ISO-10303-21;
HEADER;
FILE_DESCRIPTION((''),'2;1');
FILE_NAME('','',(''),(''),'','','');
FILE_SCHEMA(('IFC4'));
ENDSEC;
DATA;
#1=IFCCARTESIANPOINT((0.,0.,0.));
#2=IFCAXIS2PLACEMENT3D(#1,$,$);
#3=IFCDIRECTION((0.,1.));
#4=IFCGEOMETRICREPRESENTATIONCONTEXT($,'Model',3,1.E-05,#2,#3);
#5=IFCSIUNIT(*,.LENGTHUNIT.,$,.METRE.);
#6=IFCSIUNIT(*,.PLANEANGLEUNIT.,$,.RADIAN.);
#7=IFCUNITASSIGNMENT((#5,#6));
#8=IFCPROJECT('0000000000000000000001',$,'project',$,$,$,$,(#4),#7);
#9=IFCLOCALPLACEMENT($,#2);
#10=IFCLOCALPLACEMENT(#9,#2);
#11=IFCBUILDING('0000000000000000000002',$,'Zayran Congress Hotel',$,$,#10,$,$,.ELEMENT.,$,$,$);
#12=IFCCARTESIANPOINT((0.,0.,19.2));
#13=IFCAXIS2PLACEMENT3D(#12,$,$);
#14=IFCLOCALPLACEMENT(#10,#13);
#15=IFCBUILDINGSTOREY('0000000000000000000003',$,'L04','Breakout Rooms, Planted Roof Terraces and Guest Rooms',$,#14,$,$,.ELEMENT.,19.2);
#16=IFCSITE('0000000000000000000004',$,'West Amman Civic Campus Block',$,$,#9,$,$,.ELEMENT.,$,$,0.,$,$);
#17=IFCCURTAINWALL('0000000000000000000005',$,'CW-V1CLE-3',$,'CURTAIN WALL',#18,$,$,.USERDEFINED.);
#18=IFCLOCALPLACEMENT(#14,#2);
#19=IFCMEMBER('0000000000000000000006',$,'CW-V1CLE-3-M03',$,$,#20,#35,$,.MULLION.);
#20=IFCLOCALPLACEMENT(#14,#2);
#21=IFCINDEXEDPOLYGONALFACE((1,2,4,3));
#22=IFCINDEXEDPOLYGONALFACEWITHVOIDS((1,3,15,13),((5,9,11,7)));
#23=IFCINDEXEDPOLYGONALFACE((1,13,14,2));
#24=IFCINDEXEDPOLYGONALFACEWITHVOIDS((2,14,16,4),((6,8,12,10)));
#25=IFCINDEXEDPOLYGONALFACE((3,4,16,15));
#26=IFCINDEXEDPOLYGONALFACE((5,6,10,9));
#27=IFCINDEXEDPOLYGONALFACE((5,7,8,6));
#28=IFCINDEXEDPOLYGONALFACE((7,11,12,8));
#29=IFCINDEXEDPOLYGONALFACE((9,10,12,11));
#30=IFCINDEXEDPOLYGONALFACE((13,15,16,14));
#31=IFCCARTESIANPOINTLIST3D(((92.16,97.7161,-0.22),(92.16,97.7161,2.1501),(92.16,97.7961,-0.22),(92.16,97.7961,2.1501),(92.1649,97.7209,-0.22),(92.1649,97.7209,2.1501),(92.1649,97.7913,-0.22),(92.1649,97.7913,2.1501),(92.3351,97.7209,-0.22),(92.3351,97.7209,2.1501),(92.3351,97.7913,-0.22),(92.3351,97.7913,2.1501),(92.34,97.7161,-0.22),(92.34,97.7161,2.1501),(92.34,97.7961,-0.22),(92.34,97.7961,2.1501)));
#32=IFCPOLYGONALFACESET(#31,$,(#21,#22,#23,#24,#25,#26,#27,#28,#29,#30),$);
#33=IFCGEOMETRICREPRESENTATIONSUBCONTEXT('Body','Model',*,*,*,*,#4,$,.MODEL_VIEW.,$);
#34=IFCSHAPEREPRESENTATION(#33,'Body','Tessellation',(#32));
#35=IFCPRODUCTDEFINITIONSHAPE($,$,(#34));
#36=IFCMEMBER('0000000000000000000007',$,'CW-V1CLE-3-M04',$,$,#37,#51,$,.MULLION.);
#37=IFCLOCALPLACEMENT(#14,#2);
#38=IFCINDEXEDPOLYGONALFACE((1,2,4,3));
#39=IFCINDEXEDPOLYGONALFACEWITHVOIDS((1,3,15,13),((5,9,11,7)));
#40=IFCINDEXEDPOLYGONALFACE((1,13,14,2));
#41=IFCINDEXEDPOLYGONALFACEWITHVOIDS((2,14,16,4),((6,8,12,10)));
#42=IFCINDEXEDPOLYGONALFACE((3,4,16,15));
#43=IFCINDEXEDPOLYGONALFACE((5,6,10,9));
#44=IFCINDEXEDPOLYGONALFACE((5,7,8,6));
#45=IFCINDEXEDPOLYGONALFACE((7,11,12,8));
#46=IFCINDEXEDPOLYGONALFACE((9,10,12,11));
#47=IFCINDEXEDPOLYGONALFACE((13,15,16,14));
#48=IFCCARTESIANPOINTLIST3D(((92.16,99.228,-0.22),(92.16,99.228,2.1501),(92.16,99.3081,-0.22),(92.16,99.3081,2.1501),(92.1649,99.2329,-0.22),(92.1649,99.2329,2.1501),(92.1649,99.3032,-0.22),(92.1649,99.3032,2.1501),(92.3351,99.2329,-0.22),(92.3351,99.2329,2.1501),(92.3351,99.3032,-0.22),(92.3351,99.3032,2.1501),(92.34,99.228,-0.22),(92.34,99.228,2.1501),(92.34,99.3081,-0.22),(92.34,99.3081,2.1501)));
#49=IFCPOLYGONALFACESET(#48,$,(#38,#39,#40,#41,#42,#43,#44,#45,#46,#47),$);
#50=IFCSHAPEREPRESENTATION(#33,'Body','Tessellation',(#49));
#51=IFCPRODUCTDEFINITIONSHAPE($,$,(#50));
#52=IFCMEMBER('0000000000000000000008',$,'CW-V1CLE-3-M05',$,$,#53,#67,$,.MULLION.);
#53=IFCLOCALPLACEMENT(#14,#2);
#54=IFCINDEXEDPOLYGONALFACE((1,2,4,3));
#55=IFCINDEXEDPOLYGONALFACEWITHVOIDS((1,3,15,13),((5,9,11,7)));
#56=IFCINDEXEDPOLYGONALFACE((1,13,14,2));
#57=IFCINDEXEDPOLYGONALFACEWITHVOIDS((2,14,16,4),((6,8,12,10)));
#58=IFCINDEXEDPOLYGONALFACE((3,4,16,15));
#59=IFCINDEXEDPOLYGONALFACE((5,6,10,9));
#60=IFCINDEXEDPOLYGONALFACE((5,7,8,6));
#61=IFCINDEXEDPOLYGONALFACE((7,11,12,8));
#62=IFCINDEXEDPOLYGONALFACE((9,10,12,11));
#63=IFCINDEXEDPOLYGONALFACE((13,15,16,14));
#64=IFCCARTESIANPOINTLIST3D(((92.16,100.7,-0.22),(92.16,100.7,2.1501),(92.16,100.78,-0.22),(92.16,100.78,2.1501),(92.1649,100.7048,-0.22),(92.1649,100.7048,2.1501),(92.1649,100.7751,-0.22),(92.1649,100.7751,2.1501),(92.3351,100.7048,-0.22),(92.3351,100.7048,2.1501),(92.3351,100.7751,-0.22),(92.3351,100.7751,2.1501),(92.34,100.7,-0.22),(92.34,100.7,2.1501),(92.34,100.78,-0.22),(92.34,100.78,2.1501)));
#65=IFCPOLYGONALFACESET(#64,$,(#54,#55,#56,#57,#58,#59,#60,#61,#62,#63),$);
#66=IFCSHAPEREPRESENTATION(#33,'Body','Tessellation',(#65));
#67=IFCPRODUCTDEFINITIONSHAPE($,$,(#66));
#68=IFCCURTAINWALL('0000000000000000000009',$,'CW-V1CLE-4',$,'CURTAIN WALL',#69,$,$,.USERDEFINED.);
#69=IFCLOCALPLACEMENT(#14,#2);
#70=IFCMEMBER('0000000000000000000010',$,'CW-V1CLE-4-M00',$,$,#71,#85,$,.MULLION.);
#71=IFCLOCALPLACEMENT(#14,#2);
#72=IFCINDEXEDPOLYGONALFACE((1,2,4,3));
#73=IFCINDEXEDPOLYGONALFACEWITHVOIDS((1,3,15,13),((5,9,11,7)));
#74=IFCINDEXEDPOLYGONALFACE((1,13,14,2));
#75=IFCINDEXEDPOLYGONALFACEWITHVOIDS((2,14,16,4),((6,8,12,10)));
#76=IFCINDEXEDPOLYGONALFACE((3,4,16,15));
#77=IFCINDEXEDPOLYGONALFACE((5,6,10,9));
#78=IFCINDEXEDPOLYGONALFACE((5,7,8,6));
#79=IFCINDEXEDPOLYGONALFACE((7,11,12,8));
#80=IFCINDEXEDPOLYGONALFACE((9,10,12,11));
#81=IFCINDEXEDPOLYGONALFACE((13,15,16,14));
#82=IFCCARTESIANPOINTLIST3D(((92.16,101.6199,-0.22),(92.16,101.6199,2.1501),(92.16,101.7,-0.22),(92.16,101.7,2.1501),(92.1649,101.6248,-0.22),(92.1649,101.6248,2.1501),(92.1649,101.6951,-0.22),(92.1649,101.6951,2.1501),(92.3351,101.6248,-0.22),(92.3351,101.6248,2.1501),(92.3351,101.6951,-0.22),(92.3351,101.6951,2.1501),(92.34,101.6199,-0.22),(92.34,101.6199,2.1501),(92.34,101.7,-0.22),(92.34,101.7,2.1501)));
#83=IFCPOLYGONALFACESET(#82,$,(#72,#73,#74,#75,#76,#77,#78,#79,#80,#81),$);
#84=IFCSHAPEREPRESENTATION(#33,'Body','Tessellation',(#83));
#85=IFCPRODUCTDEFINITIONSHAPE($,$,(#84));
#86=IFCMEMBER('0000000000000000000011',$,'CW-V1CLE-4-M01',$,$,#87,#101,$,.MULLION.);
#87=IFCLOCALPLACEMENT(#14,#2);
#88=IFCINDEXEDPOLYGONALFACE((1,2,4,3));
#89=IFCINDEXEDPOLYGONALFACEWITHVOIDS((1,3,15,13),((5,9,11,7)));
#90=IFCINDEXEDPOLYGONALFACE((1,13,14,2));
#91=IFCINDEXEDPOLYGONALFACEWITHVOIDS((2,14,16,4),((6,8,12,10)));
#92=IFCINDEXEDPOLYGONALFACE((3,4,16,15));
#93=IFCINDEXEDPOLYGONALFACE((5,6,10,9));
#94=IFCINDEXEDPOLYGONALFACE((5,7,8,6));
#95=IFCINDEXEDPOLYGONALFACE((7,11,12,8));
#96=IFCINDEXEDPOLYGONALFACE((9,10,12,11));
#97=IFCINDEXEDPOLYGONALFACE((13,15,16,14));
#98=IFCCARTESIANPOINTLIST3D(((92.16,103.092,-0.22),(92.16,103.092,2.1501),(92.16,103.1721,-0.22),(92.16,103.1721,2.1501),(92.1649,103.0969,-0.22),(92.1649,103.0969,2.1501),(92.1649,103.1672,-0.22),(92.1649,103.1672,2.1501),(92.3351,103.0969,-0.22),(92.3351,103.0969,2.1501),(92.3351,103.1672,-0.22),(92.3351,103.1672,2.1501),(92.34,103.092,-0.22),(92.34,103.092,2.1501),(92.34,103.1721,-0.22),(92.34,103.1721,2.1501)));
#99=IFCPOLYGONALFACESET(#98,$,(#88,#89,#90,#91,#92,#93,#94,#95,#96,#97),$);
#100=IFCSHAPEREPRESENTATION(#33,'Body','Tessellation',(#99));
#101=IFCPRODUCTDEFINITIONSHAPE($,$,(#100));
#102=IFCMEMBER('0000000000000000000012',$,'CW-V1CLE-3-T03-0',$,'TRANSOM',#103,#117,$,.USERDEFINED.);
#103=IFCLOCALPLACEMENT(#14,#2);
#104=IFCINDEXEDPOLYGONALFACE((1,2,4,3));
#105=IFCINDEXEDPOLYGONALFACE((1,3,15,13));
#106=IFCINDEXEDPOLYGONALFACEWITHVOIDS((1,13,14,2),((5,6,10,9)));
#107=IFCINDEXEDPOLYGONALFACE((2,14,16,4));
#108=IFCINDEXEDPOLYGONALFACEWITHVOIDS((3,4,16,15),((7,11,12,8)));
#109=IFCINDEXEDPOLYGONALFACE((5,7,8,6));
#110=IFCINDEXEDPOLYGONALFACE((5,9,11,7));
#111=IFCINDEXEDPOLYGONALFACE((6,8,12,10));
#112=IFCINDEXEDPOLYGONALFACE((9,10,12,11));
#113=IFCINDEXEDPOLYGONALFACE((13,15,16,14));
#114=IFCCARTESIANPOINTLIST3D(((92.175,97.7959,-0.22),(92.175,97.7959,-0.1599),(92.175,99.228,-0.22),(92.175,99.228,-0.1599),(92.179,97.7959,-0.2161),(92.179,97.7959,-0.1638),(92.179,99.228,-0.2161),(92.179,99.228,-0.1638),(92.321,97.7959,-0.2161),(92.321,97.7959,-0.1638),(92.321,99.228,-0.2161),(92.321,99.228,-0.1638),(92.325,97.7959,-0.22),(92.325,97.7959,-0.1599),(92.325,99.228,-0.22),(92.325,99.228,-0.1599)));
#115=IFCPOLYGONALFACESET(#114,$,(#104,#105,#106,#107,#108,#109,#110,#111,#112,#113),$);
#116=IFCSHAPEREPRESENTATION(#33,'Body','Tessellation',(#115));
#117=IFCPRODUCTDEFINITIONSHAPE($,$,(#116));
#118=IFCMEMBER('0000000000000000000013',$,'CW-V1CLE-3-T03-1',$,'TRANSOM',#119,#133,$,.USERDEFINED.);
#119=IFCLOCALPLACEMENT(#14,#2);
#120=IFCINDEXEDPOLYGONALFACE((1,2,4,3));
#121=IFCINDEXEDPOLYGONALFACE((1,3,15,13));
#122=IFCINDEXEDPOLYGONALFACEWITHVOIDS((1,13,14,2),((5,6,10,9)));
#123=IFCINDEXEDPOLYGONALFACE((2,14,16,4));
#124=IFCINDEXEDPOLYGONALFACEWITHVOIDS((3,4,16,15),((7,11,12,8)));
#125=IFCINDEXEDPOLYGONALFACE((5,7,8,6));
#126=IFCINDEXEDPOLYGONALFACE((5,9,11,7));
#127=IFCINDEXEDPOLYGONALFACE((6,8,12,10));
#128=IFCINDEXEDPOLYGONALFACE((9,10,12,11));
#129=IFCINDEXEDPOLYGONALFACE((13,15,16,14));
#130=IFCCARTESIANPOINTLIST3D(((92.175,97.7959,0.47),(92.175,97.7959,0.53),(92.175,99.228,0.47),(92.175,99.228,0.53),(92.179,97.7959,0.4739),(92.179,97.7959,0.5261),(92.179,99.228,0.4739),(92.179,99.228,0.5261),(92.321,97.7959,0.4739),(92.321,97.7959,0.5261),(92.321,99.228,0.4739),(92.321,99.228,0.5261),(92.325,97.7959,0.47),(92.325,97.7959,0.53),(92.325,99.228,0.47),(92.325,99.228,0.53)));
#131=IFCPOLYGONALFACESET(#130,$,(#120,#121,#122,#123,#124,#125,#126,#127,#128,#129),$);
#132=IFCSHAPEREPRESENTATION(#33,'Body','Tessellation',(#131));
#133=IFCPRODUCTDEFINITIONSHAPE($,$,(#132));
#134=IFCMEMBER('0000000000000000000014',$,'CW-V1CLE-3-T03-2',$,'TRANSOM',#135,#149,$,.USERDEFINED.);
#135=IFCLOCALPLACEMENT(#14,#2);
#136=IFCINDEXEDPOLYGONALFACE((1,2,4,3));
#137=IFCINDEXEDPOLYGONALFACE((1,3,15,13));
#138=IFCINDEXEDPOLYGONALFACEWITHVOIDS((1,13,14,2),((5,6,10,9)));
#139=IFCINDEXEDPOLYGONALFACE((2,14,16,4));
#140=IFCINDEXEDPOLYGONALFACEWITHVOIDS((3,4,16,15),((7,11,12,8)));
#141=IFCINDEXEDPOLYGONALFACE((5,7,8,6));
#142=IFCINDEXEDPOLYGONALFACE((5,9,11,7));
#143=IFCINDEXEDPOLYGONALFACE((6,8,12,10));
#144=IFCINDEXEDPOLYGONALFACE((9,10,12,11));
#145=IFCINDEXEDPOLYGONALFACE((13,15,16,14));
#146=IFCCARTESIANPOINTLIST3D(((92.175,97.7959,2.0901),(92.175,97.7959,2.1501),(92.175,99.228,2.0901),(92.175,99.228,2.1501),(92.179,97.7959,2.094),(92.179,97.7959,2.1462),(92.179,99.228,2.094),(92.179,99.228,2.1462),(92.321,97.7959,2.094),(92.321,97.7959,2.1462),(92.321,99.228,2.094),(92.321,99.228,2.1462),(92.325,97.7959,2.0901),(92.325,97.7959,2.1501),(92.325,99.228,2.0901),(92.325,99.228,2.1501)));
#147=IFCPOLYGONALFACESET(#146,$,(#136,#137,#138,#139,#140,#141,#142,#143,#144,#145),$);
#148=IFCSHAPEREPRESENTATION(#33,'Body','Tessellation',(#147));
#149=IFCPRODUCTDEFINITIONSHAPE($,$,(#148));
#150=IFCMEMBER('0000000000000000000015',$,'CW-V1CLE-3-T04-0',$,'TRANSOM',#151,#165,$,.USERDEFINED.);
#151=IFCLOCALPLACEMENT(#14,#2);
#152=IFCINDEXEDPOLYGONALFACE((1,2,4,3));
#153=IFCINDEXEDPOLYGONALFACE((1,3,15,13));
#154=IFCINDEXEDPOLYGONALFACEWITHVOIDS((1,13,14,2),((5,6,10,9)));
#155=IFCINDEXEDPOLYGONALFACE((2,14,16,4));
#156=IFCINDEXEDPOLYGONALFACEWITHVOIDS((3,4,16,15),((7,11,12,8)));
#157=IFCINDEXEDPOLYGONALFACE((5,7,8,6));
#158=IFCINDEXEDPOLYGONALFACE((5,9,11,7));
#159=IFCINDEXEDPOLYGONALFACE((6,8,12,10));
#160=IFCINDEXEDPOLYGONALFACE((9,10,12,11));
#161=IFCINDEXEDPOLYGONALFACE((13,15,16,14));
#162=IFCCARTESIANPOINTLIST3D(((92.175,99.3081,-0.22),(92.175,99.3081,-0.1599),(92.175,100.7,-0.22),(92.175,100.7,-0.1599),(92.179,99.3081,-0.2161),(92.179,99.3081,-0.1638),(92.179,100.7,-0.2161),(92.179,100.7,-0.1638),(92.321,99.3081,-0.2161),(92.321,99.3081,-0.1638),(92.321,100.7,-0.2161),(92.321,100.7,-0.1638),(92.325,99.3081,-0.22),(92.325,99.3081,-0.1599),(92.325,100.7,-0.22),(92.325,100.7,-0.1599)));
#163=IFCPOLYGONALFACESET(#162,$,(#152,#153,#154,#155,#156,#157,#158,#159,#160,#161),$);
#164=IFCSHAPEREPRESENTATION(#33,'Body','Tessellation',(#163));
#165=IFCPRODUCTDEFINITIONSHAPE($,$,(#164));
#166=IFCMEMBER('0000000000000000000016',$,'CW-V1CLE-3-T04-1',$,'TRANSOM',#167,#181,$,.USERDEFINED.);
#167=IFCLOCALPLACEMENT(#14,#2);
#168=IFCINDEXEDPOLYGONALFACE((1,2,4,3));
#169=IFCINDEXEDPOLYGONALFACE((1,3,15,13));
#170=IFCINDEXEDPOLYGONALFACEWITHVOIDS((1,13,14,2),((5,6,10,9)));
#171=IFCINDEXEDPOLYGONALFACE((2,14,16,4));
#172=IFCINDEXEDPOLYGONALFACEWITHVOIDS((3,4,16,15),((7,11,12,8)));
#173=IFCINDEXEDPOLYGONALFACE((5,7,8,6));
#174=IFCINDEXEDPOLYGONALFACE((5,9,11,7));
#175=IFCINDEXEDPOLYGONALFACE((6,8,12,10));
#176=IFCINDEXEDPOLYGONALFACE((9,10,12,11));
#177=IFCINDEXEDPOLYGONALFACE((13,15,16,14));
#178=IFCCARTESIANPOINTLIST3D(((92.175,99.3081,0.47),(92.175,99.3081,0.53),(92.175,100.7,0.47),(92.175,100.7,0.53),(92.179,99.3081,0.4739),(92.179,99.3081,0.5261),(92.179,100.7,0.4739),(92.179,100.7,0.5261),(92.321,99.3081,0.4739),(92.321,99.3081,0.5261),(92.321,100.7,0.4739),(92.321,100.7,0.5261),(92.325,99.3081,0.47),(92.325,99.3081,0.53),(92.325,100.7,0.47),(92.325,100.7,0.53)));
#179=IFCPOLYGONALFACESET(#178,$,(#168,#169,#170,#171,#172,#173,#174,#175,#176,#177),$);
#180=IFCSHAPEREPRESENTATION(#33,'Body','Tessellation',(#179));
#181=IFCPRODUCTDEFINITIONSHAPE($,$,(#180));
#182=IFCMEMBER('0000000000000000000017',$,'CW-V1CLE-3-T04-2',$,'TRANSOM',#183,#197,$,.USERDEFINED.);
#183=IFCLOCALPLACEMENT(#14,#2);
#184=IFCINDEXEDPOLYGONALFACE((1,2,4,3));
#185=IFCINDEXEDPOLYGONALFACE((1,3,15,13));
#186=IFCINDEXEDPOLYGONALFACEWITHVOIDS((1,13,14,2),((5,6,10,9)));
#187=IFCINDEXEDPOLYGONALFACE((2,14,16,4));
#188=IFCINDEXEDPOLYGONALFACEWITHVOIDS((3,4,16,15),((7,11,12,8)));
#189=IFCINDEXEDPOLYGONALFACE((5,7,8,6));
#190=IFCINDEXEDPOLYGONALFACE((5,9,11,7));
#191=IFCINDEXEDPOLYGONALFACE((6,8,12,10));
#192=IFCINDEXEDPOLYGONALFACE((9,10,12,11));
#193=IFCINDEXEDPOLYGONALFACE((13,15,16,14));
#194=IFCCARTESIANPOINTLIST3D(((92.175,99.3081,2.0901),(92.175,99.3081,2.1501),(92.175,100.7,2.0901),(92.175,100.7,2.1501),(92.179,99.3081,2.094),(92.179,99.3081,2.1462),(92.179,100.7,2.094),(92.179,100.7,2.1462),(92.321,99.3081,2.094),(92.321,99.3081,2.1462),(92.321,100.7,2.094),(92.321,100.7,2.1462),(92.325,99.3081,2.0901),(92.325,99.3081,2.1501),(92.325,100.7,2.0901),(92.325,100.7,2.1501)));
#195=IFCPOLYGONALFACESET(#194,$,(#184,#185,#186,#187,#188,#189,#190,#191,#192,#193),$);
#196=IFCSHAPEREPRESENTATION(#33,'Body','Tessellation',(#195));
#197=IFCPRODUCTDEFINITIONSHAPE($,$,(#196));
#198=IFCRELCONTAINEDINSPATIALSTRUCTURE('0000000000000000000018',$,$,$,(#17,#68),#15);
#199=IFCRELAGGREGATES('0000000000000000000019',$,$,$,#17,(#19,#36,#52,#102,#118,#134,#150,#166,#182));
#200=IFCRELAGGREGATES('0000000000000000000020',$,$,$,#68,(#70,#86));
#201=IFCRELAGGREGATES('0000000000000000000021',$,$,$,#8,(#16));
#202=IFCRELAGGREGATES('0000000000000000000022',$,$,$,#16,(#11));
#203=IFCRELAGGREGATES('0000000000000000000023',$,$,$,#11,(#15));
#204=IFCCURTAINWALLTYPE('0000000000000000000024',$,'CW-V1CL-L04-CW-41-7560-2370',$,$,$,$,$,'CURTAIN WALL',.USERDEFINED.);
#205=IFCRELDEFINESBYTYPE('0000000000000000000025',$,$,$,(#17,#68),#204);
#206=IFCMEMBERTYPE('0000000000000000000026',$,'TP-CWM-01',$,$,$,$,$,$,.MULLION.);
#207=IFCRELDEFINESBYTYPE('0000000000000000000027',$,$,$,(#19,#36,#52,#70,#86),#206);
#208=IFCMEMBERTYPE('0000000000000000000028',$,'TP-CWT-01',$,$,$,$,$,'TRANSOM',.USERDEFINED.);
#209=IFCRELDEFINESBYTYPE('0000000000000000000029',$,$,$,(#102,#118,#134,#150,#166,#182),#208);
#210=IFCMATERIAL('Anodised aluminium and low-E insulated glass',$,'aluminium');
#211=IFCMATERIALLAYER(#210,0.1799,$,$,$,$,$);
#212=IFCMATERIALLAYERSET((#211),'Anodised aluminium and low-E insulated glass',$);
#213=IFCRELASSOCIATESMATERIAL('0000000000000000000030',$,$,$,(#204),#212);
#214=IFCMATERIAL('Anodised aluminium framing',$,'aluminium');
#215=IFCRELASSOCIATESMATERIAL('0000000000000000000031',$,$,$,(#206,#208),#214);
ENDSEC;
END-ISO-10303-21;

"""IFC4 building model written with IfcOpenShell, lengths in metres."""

from ifc_helpers import new_model, si_unit, direction, frame, origin, origin_2d, place, context, subcontext, project, spatial, hollow_rectangle, extrude, material, layer, layer_set, material_profile, profile_set, type_object, element, aggregate, save


model = new_model("IFC4")

# Units and contexts
model_context = context("Model", 3, precision=1e-05, world=origin(), true_north=direction((0.0, 1.0)))
body_context = subcontext(model_context, "Body", "Model", "MODEL_VIEW")
ifc_project = project(units=[si_unit("LENGTHUNIT", "METRE"), si_unit("PLANEANGLEUNIT", "RADIAN")], contexts=[model_context])

# Site, building, storey
site_placement = place(None, origin())
site = spatial("IfcSite", under=ifc_project, at=site_placement, Name="West Amman Civic Campus Block", CompositionType="ELEMENT", RefElevation=0.0)
building_placement = place(site_placement, origin())
building = spatial("IfcBuilding", under=site, at=building_placement, Name="Zayran Congress Hotel", CompositionType="ELEMENT")
storey_placement = place(building_placement, frame((0.0, 0.0, 19.2)))
storey = spatial("IfcBuildingStorey", under=building, at=storey_placement, Name="L04", Description="Breakout Rooms, Planted Roof Terraces and Guest Rooms", CompositionType="ELEMENT", Elevation=19.2)

# Curtain walls, members
ifc_material_1 = material(Name="Anodised aluminium and low-E insulated glass", Category="aluminium")
ifc_layer_1 = layer(ifc_material_1, 0.1799)
ifc_layer_set_1 = layer_set([ifc_layer_1], Name="Anodised aluminium and low-E insulated glass")
curtain_wall_type = type_object("IfcCurtainWallType", Name="CW-V1CL-L04-CW-41-7560-2370", ElementType="CURTAIN WALL", PredefinedType="USERDEFINED", material=ifc_layer_set_1)
curtain_wall_1_placement = place(storey_placement, origin())
curtain_wall_1 = element("IfcCurtainWall", 1, at=curtain_wall_1_placement, inside=storey, type_object=curtain_wall_type, Name="CW-V1CLE-3", ObjectType="CURTAIN WALL", PredefinedType="USERDEFINED")
ifc_material_2 = material(Name="Anodised aluminium framing", Category="aluminium")
ifc_material_profile_1 = material_profile(ifc_material_2, hollow_rectangle(XDim=0.0801, YDim=0.1799, WallThickness=0.0049, at=origin_2d()), Name="RHS 180x80x5")
ifc_profile_set_1 = profile_set([ifc_material_profile_1], Name="Anodised aluminium framing")
member_type_1 = type_object("IfcMemberType", Name="TP-CWM-01", PredefinedType="MULLION", material=ifc_profile_set_1)
member_1_placement = place(storey_placement, frame((92.25, 97.7561, -0.22), z_axis=(0.0, 0.0, 1.0), x_axis=(0.0, 1.0, 0.0)))
member_1 = element("IfcMember", 2, at=member_1_placement, type_object=member_type_1, Name="CW-V1CLE-3-M03", PredefinedType="MULLION", context=body_context, shape_type="SweptSolid", body=[
    extrude(hollow_rectangle(XDim=0.0801, YDim=0.1799, WallThickness=0.0049, at=origin_2d()), origin(), (0.0, 0.0, 1.0), 2.3701),
])
member_2_placement = place(storey_placement, frame((92.25, 99.2681, -0.22), z_axis=(0.0, 0.0, 1.0), x_axis=(0.0, 1.0, 0.0)))
member_2 = element("IfcMember", 3, at=member_2_placement, type_object=member_type_1, Name="CW-V1CLE-3-M04", PredefinedType="MULLION", context=body_context, shape_type="SweptSolid", body=[
    extrude(hollow_rectangle(XDim=0.0801, YDim=0.1799, WallThickness=0.0049, at=origin_2d()), origin(), (0.0, 0.0, 1.0), 2.3701),
])
member_3_placement = place(storey_placement, frame((92.25, 100.74, -0.22), z_axis=(0.0, 0.0, 1.0), x_axis=(0.0, 1.0, 0.0)))
member_3 = element("IfcMember", 4, at=member_3_placement, type_object=member_type_1, Name="CW-V1CLE-3-M05", PredefinedType="MULLION", context=body_context, shape_type="SweptSolid", body=[
    extrude(hollow_rectangle(XDim=0.0801, YDim=0.1799, WallThickness=0.0049, at=origin_2d()), origin(), (0.0, 0.0, 1.0), 2.3701),
])
curtain_wall_2_placement = place(storey_placement, origin())
curtain_wall_2 = element("IfcCurtainWall", 5, at=curtain_wall_2_placement, inside=storey, type_object=curtain_wall_type, Name="CW-V1CLE-4", ObjectType="CURTAIN WALL", PredefinedType="USERDEFINED")
member_4_placement = place(storey_placement, frame((92.25, 101.6599, -0.22), z_axis=(0.0, 0.0, 1.0), x_axis=(0.0, 1.0, 0.0)))
member_4 = element("IfcMember", 6, at=member_4_placement, type_object=member_type_1, Name="CW-V1CLE-4-M00", PredefinedType="MULLION", context=body_context, shape_type="SweptSolid", body=[
    extrude(hollow_rectangle(XDim=0.0801, YDim=0.1799, WallThickness=0.0049, at=origin_2d()), origin(), (0.0, 0.0, 1.0), 2.3701),
])
member_5_placement = place(storey_placement, frame((92.25, 103.1321, -0.22), z_axis=(0.0, 0.0, 1.0), x_axis=(0.0, 1.0, 0.0)))
member_5 = element("IfcMember", 7, at=member_5_placement, type_object=member_type_1, Name="CW-V1CLE-4-M01", PredefinedType="MULLION", context=body_context, shape_type="SweptSolid", body=[
    extrude(hollow_rectangle(XDim=0.0801, YDim=0.1799, WallThickness=0.0049, at=origin_2d()), origin(), (0.0, 0.0, 1.0), 2.3701),
])

# Members
ifc_material_profile_2 = material_profile(ifc_material_2, hollow_rectangle(XDim=0.0601, YDim=0.1499, WallThickness=0.0039, at=origin_2d()), Name="RHS 150x60x4")
ifc_profile_set_2 = profile_set([ifc_material_profile_2], Name="Anodised aluminium framing")
member_type_2 = type_object("IfcMemberType", Name="TP-CWT-01", ElementType="TRANSOM", PredefinedType="USERDEFINED", material=ifc_profile_set_2)
member_6_placement = place(storey_placement, frame((92.25, 97.7959, -0.1899), z_axis=(0.0, 1.0, 0.0), x_axis=(0.0, 0.0, 1.0)))
member_6 = element("IfcMember", 8, at=member_6_placement, type_object=member_type_2, Name="CW-V1CLE-3-T03-0", ObjectType="TRANSOM", PredefinedType="USERDEFINED", context=body_context, shape_type="SweptSolid", body=[
    extrude(hollow_rectangle(XDim=0.0601, YDim=0.1499, WallThickness=0.0039, at=origin_2d()), origin(), (0.0, 0.0, 1.0), 1.4321),
])
member_7_placement = place(storey_placement, frame((92.25, 97.7959, 0.5), z_axis=(0.0, 1.0, 0.0), x_axis=(0.0, 0.0, 1.0)))
member_7 = element("IfcMember", 9, at=member_7_placement, type_object=member_type_2, Name="CW-V1CLE-3-T03-1", ObjectType="TRANSOM", PredefinedType="USERDEFINED", context=body_context, shape_type="SweptSolid", body=[
    extrude(hollow_rectangle(XDim=0.0601, YDim=0.1499, WallThickness=0.0039, at=origin_2d()), origin(), (0.0, 0.0, 1.0), 1.4321),
])
member_8_placement = place(storey_placement, frame((92.25, 97.7959, 2.1201), z_axis=(0.0, 1.0, 0.0), x_axis=(0.0, 0.0, 1.0)))
member_8 = element("IfcMember", 10, at=member_8_placement, type_object=member_type_2, Name="CW-V1CLE-3-T03-2", ObjectType="TRANSOM", PredefinedType="USERDEFINED", context=body_context, shape_type="SweptSolid", body=[
    extrude(hollow_rectangle(XDim=0.0601, YDim=0.1499, WallThickness=0.0039, at=origin_2d()), origin(), (0.0, 0.0, 1.0), 1.4321),
])
member_9_placement = place(storey_placement, frame((92.25, 99.3081, -0.1899), z_axis=(0.0, 1.0, 0.0), x_axis=(0.0, 0.0, 1.0)))
member_9 = element("IfcMember", 11, at=member_9_placement, type_object=member_type_2, Name="CW-V1CLE-3-T04-0", ObjectType="TRANSOM", PredefinedType="USERDEFINED", context=body_context, shape_type="SweptSolid", body=[
    extrude(hollow_rectangle(XDim=0.0601, YDim=0.1499, WallThickness=0.0039, at=origin_2d()), origin(), (0.0, 0.0, 1.0), 1.3918),
])
member_10_placement = place(storey_placement, frame((92.25, 99.3081, 0.5), z_axis=(0.0, 1.0, 0.0), x_axis=(0.0, 0.0, 1.0)))
member_10 = element("IfcMember", 12, at=member_10_placement, type_object=member_type_2, Name="CW-V1CLE-3-T04-1", ObjectType="TRANSOM", PredefinedType="USERDEFINED", context=body_context, shape_type="SweptSolid", body=[
    extrude(hollow_rectangle(XDim=0.0601, YDim=0.1499, WallThickness=0.0039, at=origin_2d()), origin(), (0.0, 0.0, 1.0), 1.3918),
])
member_11_placement = place(storey_placement, frame((92.25, 99.3081, 2.1201), z_axis=(0.0, 1.0, 0.0), x_axis=(0.0, 0.0, 1.0)))
member_11 = element("IfcMember", 13, at=member_11_placement, type_object=member_type_2, Name="CW-V1CLE-3-T04-2", ObjectType="TRANSOM", PredefinedType="USERDEFINED", context=body_context, shape_type="SweptSolid", body=[
    extrude(hollow_rectangle(XDim=0.0601, YDim=0.1499, WallThickness=0.0039, at=origin_2d()), origin(), (0.0, 0.0, 1.0), 1.3918),
])

aggregate(curtain_wall_1, [member_1, member_2, member_3, member_6, member_7, member_8, member_9, member_10, member_11])
aggregate(curtain_wall_2, [member_4, member_5])

save(model, "model.ifc")
